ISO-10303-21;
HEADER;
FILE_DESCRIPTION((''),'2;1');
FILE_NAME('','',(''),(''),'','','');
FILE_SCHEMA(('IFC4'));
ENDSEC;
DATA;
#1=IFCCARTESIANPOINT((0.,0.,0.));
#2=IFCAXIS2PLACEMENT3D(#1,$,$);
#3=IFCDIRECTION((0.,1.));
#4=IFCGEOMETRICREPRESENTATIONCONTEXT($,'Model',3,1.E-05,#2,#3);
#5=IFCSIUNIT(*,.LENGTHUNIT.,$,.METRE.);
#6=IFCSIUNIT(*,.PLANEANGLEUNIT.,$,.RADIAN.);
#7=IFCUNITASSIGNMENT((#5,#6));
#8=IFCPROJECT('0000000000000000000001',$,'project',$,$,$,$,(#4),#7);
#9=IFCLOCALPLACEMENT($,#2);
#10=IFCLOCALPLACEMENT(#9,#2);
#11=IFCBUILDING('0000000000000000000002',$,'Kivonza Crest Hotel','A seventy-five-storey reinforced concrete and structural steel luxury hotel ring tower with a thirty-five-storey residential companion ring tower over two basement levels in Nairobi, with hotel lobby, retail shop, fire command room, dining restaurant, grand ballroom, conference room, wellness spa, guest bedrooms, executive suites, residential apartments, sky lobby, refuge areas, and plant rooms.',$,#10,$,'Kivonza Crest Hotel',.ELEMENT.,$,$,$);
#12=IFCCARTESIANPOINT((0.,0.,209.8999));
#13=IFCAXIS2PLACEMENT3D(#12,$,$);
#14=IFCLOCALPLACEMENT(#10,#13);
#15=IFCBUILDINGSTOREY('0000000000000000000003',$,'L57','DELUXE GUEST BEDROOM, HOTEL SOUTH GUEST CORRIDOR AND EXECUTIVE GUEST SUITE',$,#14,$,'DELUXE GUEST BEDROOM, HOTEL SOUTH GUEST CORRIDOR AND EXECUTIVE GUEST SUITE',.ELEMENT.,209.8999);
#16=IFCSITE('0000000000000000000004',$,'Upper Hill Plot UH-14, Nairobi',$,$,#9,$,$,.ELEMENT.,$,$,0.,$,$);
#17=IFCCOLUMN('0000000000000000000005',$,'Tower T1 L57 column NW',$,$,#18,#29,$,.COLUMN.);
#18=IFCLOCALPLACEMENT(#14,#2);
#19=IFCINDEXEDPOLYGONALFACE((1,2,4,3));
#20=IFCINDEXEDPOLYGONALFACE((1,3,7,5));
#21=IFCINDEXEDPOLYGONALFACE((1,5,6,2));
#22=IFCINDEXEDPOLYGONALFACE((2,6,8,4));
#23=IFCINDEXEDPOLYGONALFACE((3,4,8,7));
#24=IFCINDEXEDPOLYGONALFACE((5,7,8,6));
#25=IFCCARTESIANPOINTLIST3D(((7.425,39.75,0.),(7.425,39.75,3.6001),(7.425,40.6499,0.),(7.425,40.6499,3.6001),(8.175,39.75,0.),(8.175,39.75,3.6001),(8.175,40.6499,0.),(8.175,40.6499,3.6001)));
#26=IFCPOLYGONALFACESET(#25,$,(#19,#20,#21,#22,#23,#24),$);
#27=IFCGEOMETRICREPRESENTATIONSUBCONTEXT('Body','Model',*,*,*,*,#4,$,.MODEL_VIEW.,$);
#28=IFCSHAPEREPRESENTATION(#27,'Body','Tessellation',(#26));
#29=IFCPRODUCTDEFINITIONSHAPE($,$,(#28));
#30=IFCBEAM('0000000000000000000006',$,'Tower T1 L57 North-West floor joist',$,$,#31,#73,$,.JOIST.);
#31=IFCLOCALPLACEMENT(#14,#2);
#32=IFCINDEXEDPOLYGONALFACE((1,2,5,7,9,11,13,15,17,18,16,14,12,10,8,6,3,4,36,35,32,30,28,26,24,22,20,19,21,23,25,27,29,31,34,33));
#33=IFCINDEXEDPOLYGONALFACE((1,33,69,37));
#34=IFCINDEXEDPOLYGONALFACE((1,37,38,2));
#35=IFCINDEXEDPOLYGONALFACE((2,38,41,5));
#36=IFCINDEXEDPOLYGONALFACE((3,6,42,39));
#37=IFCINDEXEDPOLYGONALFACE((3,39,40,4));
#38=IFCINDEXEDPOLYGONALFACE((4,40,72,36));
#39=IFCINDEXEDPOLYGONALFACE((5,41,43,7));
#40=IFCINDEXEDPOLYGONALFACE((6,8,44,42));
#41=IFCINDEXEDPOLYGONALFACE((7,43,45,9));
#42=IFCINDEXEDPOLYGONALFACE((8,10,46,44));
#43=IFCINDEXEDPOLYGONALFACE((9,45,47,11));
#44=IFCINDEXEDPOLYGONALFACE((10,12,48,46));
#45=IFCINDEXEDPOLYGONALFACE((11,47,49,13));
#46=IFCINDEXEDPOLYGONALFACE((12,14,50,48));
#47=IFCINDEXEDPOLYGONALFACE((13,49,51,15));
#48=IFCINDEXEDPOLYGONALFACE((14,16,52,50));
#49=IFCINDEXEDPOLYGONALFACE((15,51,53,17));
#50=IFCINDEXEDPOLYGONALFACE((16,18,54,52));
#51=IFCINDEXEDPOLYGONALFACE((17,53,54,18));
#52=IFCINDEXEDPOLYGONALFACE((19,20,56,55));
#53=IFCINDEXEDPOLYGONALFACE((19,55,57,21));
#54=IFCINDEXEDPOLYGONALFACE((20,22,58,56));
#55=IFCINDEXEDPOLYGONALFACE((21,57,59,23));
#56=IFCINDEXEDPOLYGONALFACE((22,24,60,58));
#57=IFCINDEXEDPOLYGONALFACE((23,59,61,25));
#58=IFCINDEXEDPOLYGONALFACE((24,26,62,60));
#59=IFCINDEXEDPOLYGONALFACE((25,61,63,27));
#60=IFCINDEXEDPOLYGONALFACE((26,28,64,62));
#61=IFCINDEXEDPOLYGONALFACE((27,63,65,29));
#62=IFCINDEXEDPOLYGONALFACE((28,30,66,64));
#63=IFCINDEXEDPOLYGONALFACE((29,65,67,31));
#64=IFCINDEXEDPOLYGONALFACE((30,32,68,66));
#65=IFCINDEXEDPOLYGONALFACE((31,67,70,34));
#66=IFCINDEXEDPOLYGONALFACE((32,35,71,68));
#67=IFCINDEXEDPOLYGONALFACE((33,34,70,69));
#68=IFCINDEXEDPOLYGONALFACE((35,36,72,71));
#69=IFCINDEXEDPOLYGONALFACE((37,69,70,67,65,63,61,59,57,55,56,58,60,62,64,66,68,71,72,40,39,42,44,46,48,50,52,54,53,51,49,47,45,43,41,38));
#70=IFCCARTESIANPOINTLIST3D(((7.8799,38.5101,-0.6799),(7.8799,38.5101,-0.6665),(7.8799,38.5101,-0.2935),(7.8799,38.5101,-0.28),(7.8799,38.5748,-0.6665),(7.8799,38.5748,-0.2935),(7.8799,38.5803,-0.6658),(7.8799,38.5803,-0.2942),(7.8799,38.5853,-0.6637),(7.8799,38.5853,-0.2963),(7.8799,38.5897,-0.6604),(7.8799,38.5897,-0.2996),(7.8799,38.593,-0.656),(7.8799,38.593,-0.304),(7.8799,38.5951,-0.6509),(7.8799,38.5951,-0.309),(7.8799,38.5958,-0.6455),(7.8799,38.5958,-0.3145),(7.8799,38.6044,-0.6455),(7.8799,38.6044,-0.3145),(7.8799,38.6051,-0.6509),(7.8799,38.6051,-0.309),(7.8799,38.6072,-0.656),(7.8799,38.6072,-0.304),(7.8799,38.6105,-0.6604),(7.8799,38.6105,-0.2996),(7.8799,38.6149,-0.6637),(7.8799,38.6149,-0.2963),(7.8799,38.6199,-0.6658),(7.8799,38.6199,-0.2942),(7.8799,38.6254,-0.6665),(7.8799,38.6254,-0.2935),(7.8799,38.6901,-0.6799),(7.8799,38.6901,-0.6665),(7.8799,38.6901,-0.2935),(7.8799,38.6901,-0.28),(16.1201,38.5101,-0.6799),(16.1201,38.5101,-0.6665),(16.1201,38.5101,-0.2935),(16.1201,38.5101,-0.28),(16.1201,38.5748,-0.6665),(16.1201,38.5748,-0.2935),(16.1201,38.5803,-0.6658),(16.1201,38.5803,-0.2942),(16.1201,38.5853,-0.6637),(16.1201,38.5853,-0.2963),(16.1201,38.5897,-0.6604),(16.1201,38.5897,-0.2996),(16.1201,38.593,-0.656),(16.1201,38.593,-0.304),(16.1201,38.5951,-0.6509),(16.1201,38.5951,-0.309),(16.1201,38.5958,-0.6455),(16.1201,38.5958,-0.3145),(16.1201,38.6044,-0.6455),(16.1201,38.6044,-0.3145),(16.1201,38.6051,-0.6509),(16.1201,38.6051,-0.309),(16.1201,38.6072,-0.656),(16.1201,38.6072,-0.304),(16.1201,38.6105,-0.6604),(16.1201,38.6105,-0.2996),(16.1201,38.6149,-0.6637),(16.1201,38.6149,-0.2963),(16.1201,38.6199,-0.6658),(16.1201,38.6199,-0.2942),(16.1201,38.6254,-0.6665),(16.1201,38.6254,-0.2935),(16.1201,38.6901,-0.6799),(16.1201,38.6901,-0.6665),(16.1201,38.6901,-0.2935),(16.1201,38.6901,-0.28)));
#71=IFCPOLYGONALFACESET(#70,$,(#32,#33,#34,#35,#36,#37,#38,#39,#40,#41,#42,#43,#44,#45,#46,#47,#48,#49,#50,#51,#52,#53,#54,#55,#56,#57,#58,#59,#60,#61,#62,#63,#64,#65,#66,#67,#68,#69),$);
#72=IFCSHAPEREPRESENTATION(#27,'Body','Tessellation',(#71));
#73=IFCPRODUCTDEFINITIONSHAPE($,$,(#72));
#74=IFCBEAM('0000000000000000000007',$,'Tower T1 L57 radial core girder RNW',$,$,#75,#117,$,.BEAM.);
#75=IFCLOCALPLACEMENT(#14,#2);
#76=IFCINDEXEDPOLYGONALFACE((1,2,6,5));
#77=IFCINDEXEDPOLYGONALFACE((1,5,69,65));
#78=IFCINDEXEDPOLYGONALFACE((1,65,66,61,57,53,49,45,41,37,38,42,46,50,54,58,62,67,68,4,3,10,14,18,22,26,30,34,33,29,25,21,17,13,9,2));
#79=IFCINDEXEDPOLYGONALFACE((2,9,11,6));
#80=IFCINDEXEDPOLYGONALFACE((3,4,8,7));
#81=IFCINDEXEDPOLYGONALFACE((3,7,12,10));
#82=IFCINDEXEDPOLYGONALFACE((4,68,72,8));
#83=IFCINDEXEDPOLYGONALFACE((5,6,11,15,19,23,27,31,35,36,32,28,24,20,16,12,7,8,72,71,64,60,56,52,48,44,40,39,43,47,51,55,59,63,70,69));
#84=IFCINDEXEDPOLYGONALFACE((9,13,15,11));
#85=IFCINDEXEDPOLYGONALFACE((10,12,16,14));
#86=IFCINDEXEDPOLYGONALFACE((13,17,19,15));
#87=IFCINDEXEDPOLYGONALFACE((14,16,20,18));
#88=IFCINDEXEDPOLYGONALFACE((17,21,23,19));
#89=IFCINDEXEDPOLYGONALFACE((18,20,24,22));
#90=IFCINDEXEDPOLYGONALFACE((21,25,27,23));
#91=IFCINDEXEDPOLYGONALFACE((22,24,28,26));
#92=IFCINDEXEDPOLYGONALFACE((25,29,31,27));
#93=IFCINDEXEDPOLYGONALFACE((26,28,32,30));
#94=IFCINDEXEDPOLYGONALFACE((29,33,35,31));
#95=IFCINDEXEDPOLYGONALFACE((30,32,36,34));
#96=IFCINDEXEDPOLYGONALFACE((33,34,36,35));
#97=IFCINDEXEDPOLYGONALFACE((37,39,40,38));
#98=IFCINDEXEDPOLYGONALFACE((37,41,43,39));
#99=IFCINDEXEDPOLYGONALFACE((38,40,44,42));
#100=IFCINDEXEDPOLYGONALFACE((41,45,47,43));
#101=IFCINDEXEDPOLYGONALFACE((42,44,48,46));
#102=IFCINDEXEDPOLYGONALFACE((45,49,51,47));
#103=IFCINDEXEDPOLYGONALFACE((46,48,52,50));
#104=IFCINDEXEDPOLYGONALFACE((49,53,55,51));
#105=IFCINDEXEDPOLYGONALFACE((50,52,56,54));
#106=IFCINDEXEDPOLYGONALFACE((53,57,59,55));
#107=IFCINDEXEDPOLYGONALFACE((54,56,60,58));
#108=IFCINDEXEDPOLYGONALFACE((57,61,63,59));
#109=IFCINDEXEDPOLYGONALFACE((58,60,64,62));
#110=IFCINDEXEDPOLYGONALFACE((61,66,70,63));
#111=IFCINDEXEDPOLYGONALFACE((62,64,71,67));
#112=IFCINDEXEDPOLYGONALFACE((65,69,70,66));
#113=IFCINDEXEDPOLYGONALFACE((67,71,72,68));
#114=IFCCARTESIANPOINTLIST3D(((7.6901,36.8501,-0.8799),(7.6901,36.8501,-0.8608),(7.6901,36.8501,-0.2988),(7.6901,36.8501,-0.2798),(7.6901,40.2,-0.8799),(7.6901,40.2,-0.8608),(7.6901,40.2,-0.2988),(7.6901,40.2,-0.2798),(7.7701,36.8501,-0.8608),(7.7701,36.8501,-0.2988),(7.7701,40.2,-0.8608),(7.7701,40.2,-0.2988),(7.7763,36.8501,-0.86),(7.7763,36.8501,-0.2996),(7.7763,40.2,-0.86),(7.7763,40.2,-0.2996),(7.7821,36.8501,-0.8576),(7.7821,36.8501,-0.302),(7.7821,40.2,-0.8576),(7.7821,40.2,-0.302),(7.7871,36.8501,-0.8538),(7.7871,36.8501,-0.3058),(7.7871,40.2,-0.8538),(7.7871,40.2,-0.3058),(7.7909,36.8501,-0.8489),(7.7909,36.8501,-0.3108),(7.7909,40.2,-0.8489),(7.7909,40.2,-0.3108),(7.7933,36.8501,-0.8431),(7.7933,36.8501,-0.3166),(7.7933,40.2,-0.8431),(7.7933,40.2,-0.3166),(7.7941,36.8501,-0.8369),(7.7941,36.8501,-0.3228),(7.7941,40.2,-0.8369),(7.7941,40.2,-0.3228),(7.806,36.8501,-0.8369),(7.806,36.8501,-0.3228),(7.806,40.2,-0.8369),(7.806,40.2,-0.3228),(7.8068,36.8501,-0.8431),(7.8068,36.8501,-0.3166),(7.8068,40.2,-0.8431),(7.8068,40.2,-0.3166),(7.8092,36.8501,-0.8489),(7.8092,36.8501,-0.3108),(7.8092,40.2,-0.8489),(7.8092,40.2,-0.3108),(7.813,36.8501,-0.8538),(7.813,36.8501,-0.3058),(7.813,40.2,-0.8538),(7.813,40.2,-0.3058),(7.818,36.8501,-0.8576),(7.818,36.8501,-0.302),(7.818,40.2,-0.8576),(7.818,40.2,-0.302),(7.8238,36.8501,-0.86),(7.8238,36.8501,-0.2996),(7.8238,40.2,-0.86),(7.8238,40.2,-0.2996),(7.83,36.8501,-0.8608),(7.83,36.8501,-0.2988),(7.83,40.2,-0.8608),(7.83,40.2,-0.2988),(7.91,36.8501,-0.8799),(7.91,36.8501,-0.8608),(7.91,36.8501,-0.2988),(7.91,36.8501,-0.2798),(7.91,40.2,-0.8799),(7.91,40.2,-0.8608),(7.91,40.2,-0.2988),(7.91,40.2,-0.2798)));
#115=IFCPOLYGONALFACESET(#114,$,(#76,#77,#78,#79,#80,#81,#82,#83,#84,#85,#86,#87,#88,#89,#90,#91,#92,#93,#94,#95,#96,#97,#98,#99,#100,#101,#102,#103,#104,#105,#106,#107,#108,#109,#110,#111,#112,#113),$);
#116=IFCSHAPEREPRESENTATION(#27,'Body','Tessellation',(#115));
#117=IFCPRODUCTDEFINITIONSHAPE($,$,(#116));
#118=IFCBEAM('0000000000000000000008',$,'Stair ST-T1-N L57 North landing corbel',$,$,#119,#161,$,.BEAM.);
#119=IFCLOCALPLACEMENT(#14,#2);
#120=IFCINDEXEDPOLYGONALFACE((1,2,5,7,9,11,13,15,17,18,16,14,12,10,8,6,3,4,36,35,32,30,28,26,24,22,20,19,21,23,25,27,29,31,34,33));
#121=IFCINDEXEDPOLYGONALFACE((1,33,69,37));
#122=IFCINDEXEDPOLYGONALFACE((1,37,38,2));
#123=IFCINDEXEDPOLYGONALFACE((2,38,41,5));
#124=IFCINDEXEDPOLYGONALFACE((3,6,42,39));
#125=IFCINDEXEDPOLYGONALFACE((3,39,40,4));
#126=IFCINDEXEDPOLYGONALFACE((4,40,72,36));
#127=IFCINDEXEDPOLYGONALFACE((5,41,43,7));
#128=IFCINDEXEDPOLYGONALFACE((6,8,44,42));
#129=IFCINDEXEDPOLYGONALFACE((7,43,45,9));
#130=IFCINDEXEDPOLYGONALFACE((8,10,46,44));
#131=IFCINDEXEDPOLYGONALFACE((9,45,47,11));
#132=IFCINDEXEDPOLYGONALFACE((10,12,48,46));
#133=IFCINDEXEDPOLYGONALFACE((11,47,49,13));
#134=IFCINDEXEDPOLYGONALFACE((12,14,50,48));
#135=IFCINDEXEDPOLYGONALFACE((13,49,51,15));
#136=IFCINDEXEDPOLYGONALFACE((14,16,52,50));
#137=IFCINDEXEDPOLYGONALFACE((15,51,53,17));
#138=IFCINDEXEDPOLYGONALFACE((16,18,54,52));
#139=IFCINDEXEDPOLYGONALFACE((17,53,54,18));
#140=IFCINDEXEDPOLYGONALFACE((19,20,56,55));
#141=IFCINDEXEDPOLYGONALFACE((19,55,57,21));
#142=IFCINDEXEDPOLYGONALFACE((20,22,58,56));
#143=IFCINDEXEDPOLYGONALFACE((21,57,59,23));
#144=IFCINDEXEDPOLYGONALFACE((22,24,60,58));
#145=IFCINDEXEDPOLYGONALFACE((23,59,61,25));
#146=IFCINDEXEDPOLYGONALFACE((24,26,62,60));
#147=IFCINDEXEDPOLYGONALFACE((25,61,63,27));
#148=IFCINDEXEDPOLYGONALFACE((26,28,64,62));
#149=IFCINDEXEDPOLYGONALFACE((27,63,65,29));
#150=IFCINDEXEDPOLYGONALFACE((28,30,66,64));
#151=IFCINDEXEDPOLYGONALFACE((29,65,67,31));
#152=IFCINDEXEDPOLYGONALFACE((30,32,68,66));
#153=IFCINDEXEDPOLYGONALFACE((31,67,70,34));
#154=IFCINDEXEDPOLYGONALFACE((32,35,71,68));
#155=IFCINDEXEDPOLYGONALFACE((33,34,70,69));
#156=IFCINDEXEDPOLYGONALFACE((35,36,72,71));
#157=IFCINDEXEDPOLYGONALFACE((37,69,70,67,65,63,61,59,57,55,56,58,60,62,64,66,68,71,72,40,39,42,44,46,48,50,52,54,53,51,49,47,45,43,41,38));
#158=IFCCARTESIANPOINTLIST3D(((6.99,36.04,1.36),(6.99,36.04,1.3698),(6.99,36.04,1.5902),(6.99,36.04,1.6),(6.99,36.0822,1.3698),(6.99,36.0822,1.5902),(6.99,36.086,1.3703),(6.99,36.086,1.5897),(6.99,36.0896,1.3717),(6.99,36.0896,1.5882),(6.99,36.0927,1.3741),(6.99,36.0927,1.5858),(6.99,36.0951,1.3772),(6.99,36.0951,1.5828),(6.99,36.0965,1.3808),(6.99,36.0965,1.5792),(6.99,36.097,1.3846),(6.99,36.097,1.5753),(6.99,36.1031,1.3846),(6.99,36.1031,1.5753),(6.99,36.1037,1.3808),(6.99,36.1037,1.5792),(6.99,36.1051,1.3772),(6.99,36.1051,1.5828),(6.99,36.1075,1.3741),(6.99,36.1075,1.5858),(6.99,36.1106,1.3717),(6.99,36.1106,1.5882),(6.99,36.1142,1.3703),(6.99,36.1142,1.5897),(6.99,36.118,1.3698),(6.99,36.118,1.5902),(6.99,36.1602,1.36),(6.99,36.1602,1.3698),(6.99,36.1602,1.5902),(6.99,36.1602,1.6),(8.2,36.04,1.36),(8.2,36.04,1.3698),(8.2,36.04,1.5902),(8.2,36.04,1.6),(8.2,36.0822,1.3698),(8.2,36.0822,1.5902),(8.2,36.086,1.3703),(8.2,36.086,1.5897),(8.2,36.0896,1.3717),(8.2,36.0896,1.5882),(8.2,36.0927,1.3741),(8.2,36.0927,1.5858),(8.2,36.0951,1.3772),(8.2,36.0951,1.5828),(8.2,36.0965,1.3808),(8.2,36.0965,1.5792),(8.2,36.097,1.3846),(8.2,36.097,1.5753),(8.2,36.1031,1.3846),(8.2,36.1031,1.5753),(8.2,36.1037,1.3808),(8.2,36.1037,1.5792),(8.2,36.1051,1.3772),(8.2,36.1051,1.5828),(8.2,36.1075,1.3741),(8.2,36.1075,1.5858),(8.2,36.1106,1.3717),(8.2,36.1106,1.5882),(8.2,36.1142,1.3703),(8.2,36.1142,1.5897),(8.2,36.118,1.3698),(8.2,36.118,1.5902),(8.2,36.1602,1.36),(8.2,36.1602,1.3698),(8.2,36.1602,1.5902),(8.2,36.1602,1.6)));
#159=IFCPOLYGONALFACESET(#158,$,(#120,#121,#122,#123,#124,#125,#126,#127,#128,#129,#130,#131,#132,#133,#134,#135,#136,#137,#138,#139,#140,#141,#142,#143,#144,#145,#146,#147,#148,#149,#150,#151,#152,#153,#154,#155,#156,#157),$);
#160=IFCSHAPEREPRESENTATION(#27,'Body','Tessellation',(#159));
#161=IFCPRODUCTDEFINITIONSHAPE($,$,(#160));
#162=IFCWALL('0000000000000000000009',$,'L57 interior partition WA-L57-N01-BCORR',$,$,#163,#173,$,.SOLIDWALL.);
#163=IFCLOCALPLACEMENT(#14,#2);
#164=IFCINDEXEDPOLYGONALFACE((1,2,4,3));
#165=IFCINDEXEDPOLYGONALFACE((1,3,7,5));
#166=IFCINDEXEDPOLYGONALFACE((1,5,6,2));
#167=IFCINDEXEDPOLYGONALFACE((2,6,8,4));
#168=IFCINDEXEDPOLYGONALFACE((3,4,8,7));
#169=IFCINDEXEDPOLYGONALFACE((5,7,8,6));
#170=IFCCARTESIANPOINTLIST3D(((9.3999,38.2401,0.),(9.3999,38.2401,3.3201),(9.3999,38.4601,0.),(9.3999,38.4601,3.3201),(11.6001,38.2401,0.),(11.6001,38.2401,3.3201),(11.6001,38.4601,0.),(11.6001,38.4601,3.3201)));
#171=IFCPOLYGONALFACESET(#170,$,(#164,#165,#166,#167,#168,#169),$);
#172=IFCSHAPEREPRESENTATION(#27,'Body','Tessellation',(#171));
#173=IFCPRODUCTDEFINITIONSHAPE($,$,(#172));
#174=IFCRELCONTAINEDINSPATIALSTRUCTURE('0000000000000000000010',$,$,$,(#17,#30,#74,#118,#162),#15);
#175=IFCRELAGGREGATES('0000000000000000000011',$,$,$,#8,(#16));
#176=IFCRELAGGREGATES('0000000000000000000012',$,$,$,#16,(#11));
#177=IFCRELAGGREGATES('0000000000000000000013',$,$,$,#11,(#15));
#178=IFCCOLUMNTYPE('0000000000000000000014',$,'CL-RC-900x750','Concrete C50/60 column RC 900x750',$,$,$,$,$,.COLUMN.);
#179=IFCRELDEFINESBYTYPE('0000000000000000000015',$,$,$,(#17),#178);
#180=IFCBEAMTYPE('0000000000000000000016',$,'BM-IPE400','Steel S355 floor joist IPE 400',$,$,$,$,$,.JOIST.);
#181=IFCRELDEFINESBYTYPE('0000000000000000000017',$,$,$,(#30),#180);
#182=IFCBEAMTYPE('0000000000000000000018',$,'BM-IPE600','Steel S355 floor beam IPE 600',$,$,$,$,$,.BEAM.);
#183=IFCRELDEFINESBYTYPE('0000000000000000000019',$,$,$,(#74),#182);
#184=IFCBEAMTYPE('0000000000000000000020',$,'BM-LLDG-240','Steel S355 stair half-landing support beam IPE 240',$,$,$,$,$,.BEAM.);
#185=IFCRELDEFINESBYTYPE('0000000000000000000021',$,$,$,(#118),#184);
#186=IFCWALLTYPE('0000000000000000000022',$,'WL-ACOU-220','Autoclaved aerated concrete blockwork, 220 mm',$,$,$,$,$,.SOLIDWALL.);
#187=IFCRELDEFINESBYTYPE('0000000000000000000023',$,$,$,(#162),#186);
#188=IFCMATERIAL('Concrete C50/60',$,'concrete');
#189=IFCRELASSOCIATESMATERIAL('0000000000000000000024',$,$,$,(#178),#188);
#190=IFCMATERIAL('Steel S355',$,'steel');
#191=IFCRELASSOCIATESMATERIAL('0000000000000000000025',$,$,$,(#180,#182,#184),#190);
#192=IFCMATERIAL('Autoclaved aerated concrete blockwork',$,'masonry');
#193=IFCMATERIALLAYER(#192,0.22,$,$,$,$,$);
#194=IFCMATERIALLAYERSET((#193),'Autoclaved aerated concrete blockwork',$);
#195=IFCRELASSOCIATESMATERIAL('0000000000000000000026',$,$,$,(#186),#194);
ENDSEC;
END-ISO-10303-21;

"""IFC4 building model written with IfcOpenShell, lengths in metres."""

from ifc_helpers import new_model, si_unit, direction, frame, frame_2d, origin, origin_2d, place, context, subcontext, project, spatial, rectangle, i_section, extrude, material, layer, layer_set, material_profile, profile_set, type_object, element, save


model = new_model("IFC4")

# Units and contexts
model_context = context("Model", 3, precision=1e-05, world=origin(), true_north=direction((0.0, 1.0)))
body_context = subcontext(model_context, "Body", "Model", "MODEL_VIEW")
ifc_project = project(units=[si_unit("LENGTHUNIT", "METRE"), si_unit("PLANEANGLEUNIT", "RADIAN")], contexts=[model_context])

# Site, building, storey
site_placement = place(None, origin())
site = spatial("IfcSite", under=ifc_project, at=site_placement, Name="Upper Hill Plot UH-14, Nairobi", CompositionType="ELEMENT", RefElevation=0.0)
building_placement = place(site_placement, origin())
building = spatial("IfcBuilding", under=site, at=building_placement, Name="Kivonza Crest Hotel", Description="A seventy-five-storey reinforced concrete and structural steel luxury hotel ring tower with a thirty-five-storey residential companion ring tower over two basement levels in Nairobi, with hotel lobby, retail shop, fire command room, dining restaurant, grand ballroom, conference room, wellness spa, guest bedrooms, executive suites, residential apartments, sky lobby, refuge areas, and plant rooms.", LongName="Kivonza Crest Hotel", CompositionType="ELEMENT")
storey_placement = place(building_placement, frame((0.0, 0.0, 209.8999)))
storey = spatial("IfcBuildingStorey", under=building, at=storey_placement, Name="L57", Description="DELUXE GUEST BEDROOM, HOTEL SOUTH GUEST CORRIDOR AND EXECUTIVE GUEST SUITE", LongName="DELUXE GUEST BEDROOM, HOTEL SOUTH GUEST CORRIDOR AND EXECUTIVE GUEST SUITE", CompositionType="ELEMENT", Elevation=209.8999)

# Column
ifc_material_1 = material(Name="Concrete C50/60", Category="concrete")
ifc_material_profile_1 = material_profile(ifc_material_1, rectangle(XDim=0.75, YDim=0.8999, at=origin_2d()), Name="RC 900x750")
ifc_profile_set_1 = profile_set([ifc_material_profile_1], Name="Concrete C50/60")
column_type = type_object("IfcColumnType", Name="CL-RC-900x750", Description="Concrete C50/60 column RC 900x750", PredefinedType="COLUMN", material=ifc_profile_set_1)
column_placement = place(storey_placement, frame((7.8, 40.2, 0.0), z_axis=(0.0, 0.0, 1.0), x_axis=(1.0, 0.0, 0.0)))
element("IfcColumn", 1, at=column_placement, inside=storey, type_object=column_type, Name="Tower T1 L57 column NW", PredefinedType="COLUMN", context=body_context, shape_type="SweptSolid", body=[
    extrude(rectangle(XDim=0.75, YDim=0.8999, at=origin_2d()), origin(), (0.0, 0.0, 1.0), 3.6001),
])

# Beams
ifc_material_2 = material(Name="Steel S355", Category="steel")
ifc_material_profile_2 = material_profile(ifc_material_2, i_section(OverallWidth=0.1799, OverallDepth=0.3999, WebThickness=0.0085, FlangeThickness=0.0134, FilletRadius=0.021, at=origin_2d()), Name="IPE 400")
ifc_profile_set_2 = profile_set([ifc_material_profile_2], Name="Steel S355")
beam_type_1 = type_object("IfcBeamType", Name="BM-IPE400", Description="Steel S355 floor joist IPE 400", PredefinedType="JOIST", material=ifc_profile_set_2)
beam_1_placement = place(storey_placement, frame((7.8799, 38.6001, -0.48), z_axis=(1.0, 0.0, 0.0), x_axis=(0.0, 1.0, 0.0)))
element("IfcBeam", 2, at=beam_1_placement, inside=storey, type_object=beam_type_1, Name="Tower T1 L57 North-West floor joist", PredefinedType="JOIST", context=body_context, shape_type="SweptSolid", body=[
    extrude(i_section(OverallWidth=0.1799, OverallDepth=0.3999, WebThickness=0.0085, FlangeThickness=0.0134, FilletRadius=0.021, at=origin_2d()), origin(), (0.0, 0.0, 1.0), 8.2402),
])
ifc_material_profile_3 = material_profile(ifc_material_2, i_section(OverallWidth=0.22, OverallDepth=0.6001, WebThickness=0.012, FlangeThickness=0.019, FilletRadius=0.0239, at=origin_2d()), Name="IPE 600")
ifc_profile_set_3 = profile_set([ifc_material_profile_3], Name="Steel S355")
beam_type_2 = type_object("IfcBeamType", Name="BM-IPE600", Description="Steel S355 floor beam IPE 600", PredefinedType="BEAM", material=ifc_profile_set_3)
beam_2_placement = place(storey_placement, frame((7.8, 40.2, -0.5798), z_axis=(0.0, -1.0, 0.0), x_axis=(1.0, 0.0, 0.0)))
element("IfcBeam", 3, at=beam_2_placement, inside=storey, type_object=beam_type_2, Name="Tower T1 L57 radial core girder RNW", PredefinedType="BEAM", context=body_context, shape_type="SweptSolid", body=[
    extrude(i_section(OverallWidth=0.22, OverallDepth=0.6001, WebThickness=0.012, FlangeThickness=0.019, FilletRadius=0.0239, at=origin_2d()), origin(), (0.0, 0.0, 1.0), 3.3499),
])
ifc_material_profile_4 = material_profile(ifc_material_2, i_section(OverallWidth=0.1201, OverallDepth=0.24, WebThickness=0.0061, FlangeThickness=0.0098, FilletRadius=0.0149, at=origin_2d()), Name="IPE 240")
ifc_profile_set_4 = profile_set([ifc_material_profile_4], Name="Steel S355")
beam_type_3 = type_object("IfcBeamType", Name="BM-LLDG-240", Description="Steel S355 stair half-landing support beam IPE 240", PredefinedType="BEAM", material=ifc_profile_set_4)
beam_3_placement = place(storey_placement, frame((6.99, 36.1001, 1.48), z_axis=(1.0, 0.0, 0.0), x_axis=(0.0, 1.0, 0.0)))
element("IfcBeam", 4, at=beam_3_placement, inside=storey, type_object=beam_type_3, Name="Stair ST-T1-N L57 North landing corbel", PredefinedType="BEAM", context=body_context, shape_type="SweptSolid", body=[
    extrude(i_section(OverallWidth=0.1201, OverallDepth=0.24, WebThickness=0.0061, FlangeThickness=0.0098, FilletRadius=0.0149, at=origin_2d()), origin(), (0.0, 0.0, 1.0), 1.21),
])

# Wall
ifc_material_3 = material(Name="Autoclaved aerated concrete blockwork", Category="masonry")
ifc_layer_1 = layer(ifc_material_3, 0.22)
ifc_layer_set_1 = layer_set([ifc_layer_1], Name="Autoclaved aerated concrete blockwork")
wall_type_1 = type_object("IfcWallType", Name="WL-ACOU-220", Description="Autoclaved aerated concrete blockwork, 220 mm", PredefinedType="SOLIDWALL", material=ifc_layer_set_1)
wall_1_placement = place(storey_placement, frame((9.3999, 38.3501, 0.0), z_axis=(0.0, 0.0, 1.0), x_axis=(1.0, 0.0, 0.0)))
element("IfcWall", 5, at=wall_1_placement, inside=storey, type_object=wall_type_1, Name="L57 interior partition WA-L57-N01-BCORR", PredefinedType="SOLIDWALL", context=body_context, shape_type="SweptSolid", body=[
    extrude(rectangle(XDim=2.2002, YDim=0.22, at=frame_2d((1.1001, 0.0))), origin(), (0.0, 0.0, 1.0), 3.3201),
])

save(model, "model.ifc")
